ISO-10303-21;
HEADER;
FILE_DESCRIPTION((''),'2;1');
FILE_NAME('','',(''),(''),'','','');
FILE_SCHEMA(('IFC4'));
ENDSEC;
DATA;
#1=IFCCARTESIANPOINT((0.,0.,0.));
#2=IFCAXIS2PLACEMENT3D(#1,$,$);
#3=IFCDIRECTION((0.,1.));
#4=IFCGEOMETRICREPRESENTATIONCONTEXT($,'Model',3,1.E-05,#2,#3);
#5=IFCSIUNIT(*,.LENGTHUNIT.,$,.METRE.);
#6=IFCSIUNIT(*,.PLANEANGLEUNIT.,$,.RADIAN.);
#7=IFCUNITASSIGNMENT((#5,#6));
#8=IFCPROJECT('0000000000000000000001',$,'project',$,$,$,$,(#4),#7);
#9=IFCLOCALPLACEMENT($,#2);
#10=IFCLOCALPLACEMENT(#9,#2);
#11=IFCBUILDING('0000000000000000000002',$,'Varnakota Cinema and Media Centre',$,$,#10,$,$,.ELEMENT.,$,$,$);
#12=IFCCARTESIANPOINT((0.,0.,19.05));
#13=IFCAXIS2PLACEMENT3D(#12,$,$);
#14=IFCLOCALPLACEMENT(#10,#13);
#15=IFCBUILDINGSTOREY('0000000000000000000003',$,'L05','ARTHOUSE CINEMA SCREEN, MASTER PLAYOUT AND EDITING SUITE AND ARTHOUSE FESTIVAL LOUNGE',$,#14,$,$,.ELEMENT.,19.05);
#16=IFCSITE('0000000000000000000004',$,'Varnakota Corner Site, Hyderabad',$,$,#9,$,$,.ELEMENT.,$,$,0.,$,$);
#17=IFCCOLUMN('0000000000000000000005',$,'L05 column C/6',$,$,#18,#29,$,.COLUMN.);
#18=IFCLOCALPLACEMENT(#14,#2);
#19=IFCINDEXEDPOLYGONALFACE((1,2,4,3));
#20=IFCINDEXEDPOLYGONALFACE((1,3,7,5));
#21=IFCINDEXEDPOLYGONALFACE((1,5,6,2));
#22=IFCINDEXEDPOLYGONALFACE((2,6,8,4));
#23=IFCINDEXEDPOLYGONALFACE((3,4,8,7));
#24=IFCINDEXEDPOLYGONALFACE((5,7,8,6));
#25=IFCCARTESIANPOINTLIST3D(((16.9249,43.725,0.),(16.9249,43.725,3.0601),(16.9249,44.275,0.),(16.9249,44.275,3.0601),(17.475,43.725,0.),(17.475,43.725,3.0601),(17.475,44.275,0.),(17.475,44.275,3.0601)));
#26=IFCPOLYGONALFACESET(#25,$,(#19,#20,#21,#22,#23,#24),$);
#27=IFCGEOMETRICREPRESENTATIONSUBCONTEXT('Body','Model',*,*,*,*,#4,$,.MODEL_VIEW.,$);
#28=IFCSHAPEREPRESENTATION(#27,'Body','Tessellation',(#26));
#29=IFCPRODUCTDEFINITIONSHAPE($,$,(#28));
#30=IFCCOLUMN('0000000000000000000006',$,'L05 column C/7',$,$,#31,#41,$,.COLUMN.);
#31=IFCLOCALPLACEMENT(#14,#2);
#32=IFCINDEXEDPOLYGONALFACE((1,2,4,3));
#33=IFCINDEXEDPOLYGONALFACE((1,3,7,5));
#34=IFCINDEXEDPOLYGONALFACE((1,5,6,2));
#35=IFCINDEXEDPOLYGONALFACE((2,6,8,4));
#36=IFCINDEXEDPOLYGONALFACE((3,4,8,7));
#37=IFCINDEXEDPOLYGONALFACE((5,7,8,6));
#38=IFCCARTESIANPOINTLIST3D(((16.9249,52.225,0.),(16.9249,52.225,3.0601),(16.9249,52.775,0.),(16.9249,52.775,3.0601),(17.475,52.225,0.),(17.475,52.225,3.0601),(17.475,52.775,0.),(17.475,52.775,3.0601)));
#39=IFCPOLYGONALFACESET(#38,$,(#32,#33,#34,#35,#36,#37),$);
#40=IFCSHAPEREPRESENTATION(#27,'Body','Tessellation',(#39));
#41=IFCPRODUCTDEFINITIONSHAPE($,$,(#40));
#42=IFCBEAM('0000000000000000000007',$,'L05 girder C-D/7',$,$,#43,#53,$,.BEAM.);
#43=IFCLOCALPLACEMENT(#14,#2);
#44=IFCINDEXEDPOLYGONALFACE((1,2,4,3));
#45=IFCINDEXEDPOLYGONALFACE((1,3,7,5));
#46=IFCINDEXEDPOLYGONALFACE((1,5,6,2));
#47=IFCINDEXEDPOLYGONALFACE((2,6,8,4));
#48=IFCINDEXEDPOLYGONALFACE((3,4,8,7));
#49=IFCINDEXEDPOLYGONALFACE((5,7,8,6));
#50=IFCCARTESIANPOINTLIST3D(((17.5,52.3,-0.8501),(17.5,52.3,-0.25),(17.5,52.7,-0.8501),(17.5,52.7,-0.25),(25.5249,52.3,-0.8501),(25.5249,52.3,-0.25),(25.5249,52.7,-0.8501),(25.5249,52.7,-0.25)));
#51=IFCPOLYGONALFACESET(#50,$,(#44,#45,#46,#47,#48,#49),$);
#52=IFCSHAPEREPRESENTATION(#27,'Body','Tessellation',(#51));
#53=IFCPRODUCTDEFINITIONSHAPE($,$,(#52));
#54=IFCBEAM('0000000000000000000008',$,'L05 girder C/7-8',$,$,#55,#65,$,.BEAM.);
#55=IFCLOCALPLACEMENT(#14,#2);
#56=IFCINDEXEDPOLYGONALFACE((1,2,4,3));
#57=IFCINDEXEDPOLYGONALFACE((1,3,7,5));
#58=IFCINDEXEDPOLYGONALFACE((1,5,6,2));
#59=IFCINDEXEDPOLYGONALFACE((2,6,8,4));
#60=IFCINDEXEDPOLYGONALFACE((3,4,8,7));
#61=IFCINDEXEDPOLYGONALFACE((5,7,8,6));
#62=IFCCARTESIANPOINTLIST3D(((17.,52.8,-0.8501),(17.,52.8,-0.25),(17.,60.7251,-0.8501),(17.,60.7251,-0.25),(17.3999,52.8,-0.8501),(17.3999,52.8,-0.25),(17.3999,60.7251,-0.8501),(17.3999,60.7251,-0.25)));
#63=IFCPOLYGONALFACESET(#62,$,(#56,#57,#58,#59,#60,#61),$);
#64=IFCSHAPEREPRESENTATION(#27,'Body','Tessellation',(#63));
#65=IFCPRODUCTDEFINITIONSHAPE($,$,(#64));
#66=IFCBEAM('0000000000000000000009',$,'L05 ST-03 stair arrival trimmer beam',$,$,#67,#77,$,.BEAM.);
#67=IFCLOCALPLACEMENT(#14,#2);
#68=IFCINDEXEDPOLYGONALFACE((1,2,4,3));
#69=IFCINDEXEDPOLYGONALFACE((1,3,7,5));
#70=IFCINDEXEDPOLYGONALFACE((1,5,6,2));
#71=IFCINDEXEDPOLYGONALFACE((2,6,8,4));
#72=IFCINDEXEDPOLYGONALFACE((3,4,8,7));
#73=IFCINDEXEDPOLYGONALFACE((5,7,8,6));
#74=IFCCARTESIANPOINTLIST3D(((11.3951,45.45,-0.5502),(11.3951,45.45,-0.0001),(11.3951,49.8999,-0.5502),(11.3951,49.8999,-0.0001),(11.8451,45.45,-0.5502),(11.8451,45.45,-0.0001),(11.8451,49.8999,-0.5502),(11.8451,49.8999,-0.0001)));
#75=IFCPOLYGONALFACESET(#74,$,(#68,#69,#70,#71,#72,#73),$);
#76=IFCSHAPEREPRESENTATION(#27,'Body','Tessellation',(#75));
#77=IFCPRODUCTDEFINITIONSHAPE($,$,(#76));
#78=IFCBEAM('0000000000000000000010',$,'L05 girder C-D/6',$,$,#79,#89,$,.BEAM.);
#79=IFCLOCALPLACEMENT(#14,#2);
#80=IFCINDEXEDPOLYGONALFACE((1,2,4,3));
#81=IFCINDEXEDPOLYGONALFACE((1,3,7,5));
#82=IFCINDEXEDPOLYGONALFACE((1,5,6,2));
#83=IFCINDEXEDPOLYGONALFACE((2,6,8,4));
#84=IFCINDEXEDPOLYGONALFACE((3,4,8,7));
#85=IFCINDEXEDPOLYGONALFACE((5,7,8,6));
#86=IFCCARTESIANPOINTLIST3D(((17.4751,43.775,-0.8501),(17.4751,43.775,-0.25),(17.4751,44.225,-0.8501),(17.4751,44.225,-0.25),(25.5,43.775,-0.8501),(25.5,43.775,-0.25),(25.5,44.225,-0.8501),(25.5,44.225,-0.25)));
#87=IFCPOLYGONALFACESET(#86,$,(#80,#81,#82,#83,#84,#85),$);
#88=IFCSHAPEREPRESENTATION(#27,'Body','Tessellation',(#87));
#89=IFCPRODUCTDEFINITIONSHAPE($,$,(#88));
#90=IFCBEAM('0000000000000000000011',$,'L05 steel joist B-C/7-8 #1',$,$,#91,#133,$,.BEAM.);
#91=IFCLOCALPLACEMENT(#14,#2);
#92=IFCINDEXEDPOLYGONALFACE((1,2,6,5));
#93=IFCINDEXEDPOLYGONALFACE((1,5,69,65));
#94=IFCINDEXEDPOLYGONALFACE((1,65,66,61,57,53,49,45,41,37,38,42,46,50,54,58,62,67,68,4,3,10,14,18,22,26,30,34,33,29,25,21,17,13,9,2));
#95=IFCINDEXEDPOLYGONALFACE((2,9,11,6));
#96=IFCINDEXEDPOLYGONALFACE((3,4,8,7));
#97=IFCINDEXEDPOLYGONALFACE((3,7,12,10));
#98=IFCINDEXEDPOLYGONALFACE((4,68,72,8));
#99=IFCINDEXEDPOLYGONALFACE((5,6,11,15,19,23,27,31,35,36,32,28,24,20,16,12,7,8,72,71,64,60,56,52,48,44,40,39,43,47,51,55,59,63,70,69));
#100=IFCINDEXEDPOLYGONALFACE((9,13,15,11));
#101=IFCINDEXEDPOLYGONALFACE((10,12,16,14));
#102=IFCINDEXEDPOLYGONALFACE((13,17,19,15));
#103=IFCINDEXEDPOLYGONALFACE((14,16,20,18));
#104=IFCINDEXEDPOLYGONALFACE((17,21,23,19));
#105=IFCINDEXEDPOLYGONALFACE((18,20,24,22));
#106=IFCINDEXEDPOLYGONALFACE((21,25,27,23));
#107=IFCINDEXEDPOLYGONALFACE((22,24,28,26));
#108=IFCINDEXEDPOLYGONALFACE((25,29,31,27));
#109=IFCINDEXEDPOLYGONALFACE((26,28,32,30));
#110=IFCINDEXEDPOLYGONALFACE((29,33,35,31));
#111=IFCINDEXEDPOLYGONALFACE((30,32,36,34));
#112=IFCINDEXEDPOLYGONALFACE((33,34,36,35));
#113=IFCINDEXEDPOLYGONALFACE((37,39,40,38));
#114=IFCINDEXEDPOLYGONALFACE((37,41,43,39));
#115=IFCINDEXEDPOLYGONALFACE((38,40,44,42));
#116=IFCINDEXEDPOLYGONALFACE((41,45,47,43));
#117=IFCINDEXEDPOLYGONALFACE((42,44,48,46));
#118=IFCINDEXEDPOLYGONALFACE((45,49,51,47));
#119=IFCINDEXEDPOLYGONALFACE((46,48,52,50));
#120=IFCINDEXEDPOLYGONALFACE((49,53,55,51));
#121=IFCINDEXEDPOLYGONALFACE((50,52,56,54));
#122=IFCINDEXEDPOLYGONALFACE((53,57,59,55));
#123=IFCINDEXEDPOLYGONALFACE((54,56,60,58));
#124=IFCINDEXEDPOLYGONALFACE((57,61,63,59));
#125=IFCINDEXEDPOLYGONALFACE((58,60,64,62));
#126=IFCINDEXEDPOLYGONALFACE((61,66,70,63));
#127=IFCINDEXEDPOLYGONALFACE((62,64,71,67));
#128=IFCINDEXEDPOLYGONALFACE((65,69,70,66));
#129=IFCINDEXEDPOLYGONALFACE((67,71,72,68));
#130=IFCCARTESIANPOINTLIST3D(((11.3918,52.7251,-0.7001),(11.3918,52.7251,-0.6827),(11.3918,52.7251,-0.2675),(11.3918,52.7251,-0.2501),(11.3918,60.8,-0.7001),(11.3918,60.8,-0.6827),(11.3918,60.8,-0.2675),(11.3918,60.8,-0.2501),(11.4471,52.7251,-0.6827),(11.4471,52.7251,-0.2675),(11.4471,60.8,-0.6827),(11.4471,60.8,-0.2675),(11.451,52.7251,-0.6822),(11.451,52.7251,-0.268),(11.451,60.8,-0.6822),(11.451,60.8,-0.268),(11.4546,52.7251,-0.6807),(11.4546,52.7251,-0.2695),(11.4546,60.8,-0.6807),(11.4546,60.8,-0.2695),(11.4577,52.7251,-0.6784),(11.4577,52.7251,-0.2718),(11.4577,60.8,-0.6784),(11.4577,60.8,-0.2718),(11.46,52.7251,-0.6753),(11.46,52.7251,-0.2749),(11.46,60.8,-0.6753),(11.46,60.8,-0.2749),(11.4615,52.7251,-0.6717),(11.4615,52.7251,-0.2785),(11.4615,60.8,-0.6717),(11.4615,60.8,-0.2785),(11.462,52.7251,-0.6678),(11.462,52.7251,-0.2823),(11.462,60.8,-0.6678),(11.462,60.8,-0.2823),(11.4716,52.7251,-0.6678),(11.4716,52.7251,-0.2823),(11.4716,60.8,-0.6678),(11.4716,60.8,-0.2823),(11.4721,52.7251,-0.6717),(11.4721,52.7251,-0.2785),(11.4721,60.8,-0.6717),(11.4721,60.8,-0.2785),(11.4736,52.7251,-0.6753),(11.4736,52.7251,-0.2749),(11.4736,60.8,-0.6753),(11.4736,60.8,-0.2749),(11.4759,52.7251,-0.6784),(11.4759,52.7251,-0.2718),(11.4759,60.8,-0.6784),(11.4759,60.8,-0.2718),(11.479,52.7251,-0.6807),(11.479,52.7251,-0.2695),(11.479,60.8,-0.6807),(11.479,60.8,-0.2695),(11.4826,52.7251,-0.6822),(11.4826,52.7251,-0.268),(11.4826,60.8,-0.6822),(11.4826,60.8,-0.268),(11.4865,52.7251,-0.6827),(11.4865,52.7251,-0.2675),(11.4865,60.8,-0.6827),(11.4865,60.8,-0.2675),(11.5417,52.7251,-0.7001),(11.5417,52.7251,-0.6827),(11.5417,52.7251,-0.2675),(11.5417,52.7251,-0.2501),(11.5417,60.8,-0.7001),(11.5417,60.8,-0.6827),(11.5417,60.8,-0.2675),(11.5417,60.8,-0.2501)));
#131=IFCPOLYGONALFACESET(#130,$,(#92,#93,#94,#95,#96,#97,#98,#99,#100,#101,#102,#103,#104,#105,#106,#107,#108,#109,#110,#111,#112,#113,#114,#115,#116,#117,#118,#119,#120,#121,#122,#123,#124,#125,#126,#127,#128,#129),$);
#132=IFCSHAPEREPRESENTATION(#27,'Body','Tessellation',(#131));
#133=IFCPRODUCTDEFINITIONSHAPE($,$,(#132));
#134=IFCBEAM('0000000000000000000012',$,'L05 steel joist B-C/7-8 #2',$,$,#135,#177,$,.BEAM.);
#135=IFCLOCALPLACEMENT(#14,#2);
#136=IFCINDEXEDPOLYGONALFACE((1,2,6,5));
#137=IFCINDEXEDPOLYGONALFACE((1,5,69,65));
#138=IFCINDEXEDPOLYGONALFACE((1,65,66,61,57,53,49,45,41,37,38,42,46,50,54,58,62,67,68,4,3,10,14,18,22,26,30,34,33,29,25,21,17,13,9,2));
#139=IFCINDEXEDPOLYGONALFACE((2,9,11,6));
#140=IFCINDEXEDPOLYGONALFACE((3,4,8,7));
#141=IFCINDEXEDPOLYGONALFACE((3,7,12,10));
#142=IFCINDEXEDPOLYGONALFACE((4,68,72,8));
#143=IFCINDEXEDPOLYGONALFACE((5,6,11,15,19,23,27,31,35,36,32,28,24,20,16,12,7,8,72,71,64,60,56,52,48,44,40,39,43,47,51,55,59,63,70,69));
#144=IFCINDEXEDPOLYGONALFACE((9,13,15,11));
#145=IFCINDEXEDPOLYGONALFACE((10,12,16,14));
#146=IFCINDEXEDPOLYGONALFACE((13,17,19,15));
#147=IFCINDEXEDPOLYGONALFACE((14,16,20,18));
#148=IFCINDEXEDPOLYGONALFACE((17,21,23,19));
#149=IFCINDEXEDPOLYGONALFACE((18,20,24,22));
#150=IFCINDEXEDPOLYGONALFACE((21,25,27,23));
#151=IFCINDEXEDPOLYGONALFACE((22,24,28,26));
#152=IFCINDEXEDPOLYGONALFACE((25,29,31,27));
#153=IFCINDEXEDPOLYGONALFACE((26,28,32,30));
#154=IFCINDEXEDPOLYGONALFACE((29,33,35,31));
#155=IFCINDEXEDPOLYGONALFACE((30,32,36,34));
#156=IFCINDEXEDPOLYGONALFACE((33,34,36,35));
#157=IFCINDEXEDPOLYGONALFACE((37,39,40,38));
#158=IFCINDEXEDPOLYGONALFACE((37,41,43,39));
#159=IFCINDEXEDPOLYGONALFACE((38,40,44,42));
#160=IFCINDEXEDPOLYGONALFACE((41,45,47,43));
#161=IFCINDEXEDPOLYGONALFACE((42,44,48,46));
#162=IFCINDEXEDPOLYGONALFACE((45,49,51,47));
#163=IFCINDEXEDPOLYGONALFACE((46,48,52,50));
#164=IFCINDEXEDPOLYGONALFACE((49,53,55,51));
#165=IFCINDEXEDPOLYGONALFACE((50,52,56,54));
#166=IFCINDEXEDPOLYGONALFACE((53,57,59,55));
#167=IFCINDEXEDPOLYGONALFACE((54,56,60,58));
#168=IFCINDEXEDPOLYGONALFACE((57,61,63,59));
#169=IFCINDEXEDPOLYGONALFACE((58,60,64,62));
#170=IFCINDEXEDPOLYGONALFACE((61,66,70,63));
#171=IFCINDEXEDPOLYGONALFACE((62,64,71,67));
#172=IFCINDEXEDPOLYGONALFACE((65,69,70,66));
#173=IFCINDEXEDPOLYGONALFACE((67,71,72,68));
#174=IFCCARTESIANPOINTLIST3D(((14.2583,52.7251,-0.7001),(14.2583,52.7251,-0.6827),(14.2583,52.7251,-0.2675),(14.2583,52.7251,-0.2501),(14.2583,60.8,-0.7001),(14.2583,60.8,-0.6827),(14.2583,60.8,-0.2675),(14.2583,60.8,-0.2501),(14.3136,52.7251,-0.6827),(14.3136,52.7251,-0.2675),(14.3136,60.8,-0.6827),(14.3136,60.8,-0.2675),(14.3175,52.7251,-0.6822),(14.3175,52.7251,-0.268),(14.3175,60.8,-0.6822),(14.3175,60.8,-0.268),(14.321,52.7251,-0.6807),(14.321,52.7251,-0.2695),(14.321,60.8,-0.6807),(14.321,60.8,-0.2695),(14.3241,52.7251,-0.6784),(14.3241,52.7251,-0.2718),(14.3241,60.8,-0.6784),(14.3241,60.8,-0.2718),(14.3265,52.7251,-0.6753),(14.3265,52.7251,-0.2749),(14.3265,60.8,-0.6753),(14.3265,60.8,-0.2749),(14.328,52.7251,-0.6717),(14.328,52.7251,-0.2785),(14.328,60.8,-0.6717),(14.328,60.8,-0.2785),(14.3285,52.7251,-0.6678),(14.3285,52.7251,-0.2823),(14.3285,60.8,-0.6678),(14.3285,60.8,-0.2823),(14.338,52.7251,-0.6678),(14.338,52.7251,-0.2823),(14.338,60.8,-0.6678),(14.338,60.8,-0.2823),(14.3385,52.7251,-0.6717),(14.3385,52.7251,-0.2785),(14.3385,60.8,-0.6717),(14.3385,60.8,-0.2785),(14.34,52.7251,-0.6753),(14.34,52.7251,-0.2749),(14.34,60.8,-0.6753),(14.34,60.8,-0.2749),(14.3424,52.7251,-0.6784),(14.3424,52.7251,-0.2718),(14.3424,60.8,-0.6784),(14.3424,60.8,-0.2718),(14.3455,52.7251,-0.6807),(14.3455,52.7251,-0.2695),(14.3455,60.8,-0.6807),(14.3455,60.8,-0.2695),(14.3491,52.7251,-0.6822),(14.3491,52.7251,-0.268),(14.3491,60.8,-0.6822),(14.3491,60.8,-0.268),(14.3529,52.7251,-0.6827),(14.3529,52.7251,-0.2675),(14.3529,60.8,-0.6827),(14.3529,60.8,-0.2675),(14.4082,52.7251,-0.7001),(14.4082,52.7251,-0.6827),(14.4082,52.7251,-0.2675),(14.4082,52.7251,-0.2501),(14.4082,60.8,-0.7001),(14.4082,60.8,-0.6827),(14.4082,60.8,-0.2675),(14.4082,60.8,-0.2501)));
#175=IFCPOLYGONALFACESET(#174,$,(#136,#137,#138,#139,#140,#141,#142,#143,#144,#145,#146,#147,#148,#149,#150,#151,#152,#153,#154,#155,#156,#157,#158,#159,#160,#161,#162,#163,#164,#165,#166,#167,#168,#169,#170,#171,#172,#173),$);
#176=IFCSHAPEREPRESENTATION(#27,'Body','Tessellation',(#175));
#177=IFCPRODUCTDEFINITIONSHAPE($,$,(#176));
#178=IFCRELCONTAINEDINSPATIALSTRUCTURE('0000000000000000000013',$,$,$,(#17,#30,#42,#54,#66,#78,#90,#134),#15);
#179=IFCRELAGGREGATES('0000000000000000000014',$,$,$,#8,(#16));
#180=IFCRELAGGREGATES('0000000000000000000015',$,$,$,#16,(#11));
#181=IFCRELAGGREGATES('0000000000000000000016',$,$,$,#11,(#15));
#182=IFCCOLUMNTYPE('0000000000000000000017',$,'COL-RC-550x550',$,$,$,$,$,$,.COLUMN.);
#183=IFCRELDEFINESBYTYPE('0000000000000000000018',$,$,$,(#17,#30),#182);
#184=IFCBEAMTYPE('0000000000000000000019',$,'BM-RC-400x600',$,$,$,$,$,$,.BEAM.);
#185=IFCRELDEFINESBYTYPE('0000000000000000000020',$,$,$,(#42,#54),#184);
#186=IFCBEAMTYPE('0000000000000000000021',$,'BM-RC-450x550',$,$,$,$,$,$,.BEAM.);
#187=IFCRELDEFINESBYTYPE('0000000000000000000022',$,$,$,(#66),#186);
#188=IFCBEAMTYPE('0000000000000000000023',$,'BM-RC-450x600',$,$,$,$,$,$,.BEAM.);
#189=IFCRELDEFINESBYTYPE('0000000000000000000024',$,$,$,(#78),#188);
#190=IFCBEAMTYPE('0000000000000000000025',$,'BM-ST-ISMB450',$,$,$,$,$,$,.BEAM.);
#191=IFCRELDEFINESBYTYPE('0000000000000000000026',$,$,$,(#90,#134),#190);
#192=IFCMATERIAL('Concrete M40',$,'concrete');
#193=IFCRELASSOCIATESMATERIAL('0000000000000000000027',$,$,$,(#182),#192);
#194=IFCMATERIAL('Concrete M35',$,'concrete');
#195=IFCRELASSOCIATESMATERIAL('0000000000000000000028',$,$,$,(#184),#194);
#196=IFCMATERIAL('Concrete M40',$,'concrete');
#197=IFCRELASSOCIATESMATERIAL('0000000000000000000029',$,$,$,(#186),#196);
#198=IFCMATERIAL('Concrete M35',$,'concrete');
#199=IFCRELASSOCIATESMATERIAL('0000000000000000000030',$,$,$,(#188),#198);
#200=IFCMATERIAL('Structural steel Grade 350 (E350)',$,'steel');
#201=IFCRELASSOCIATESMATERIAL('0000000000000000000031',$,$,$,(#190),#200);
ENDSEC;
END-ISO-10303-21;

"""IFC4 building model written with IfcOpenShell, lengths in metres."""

from ifc_helpers import new_model, si_unit, direction, frame, origin, origin_2d, place, context, subcontext, project, spatial, rectangle, i_section, extrude, material, material_profile, profile_set, type_object, element, save


model = new_model("IFC4")

# Units and contexts
model_context = context("Model", 3, precision=1e-05, world=origin(), true_north=direction((0.0, 1.0)))
body_context = subcontext(model_context, "Body", "Model", "MODEL_VIEW")
ifc_project = project(units=[si_unit("LENGTHUNIT", "METRE"), si_unit("PLANEANGLEUNIT", "RADIAN")], contexts=[model_context])

# Site, building, storey
site_placement = place(None, origin())
site = spatial("IfcSite", under=ifc_project, at=site_placement, Name="Varnakota Corner Site, Hyderabad", CompositionType="ELEMENT", RefElevation=0.0)
building_placement = place(site_placement, origin())
building = spatial("IfcBuilding", under=site, at=building_placement, Name="Varnakota Cinema and Media Centre", CompositionType="ELEMENT")
storey_placement = place(building_placement, frame((0.0, 0.0, 19.05)))
storey = spatial("IfcBuildingStorey", under=building, at=storey_placement, Name="L05", Description="ARTHOUSE CINEMA SCREEN, MASTER PLAYOUT AND EDITING SUITE AND ARTHOUSE FESTIVAL LOUNGE", CompositionType="ELEMENT", Elevation=19.05)

# Columns
ifc_material_1 = material(Name="Concrete M40", Category="concrete")
ifc_material_profile_1 = material_profile(ifc_material_1, rectangle(XDim=0.55, YDim=0.55, at=origin_2d()), Name="RC 550x550")
ifc_profile_set_1 = profile_set([ifc_material_profile_1], Name="Concrete M40")
column_type = type_object("IfcColumnType", Name="COL-RC-550x550", PredefinedType="COLUMN", material=ifc_profile_set_1)
for number, where, z_axis, x_axis, name in (
    (1, (17.2, 44.0, 0.0), (0.0, 0.0, 1.0), (1.0, 0.0, 0.0), "L05 column C/6"),
    (2, (17.2, 52.5, 0.0), (0.0, 0.0, 1.0), (1.0, 0.0, 0.0), "L05 column C/7"),
):
    element("IfcColumn", number, at=place(storey_placement, frame(where, z_axis=z_axis, x_axis=x_axis)), inside=storey, type_object=column_type, Name=name, PredefinedType="COLUMN", context=body_context, shape_type="SweptSolid", body=[
        extrude(rectangle(XDim=0.55, YDim=0.55, at=origin_2d()), origin(), (0.0, 0.0, 1.0), 3.0601),
    ])

# Beams
ifc_material_2 = material(Name="Concrete M35", Category="concrete")
ifc_material_profile_2 = material_profile(ifc_material_2, rectangle(XDim=0.3999, YDim=0.6001, at=origin_2d()), Name="RCB 400x600")
ifc_profile_set_2 = profile_set([ifc_material_profile_2], Name="Concrete M35")
beam_type_1 = type_object("IfcBeamType", Name="BM-RC-400x600", PredefinedType="BEAM", material=ifc_profile_set_2)
beam_1_placement = place(storey_placement, frame((17.5, 52.5, -0.55), z_axis=(1.0, 0.0, 0.0), x_axis=(0.0, 1.0, 0.0)))
element("IfcBeam", 3, at=beam_1_placement, inside=storey, type_object=beam_type_1, Name="L05 girder C-D/7", PredefinedType="BEAM", context=body_context, shape_type="SweptSolid", body=[
    extrude(rectangle(XDim=0.3999, YDim=0.6001, at=origin_2d()), origin(), (0.0, 0.0, 1.0), 8.0249),
])
beam_2_placement = place(storey_placement, frame((17.2, 52.8, -0.55), z_axis=(0.0, 1.0, 0.0), x_axis=(-1.0, 0.0, 0.0)))
element("IfcBeam", 4, at=beam_2_placement, inside=storey, type_object=beam_type_1, Name="L05 girder C/7-8", PredefinedType="BEAM", context=body_context, shape_type="SweptSolid", body=[
    extrude(rectangle(XDim=0.3999, YDim=0.6001, at=origin_2d()), origin(), (0.0, 0.0, 1.0), 7.925),
])
ifc_material_3 = material(Name="Concrete M40", Category="concrete")
ifc_material_profile_3 = material_profile(ifc_material_3, rectangle(XDim=0.45, YDim=0.55, at=origin_2d()), Name="RCB 450x550")
ifc_profile_set_3 = profile_set([ifc_material_profile_3], Name="Concrete M40")
beam_type_2 = type_object("IfcBeamType", Name="BM-RC-450x550", PredefinedType="BEAM", material=ifc_profile_set_3)
beam_3_placement = place(storey_placement, frame((11.6201, 45.45, -0.2751), z_axis=(0.0, 1.0, 0.0), x_axis=(-1.0, 0.0, 0.0)))
element("IfcBeam", 5, at=beam_3_placement, inside=storey, type_object=beam_type_2, Name="L05 ST-03 stair arrival trimmer beam", PredefinedType="BEAM", context=body_context, shape_type="SweptSolid", body=[
    extrude(rectangle(XDim=0.45, YDim=0.55, at=origin_2d()), origin(), (0.0, 0.0, 1.0), 4.45),
])
ifc_material_4 = material(Name="Concrete M35", Category="concrete")
ifc_material_profile_4 = material_profile(ifc_material_4, rectangle(XDim=0.45, YDim=0.6001, at=origin_2d()), Name="RCB 450x600")
ifc_profile_set_4 = profile_set([ifc_material_profile_4], Name="Concrete M35")
beam_type_3 = type_object("IfcBeamType", Name="BM-RC-450x600", PredefinedType="BEAM", material=ifc_profile_set_4)
beam_4_placement = place(storey_placement, frame((17.4751, 44.0, -0.55), z_axis=(1.0, 0.0, 0.0), x_axis=(0.0, 1.0, 0.0)))
element("IfcBeam", 6, at=beam_4_placement, inside=storey, type_object=beam_type_3, Name="L05 girder C-D/6", PredefinedType="BEAM", context=body_context, shape_type="SweptSolid", body=[
    extrude(rectangle(XDim=0.45, YDim=0.6001, at=origin_2d()), origin(), (0.0, 0.0, 1.0), 8.0249),
])
ifc_material_5 = material(Name="Structural steel Grade 350 (E350)", Category="steel")
ifc_material_profile_5 = material_profile(ifc_material_5, i_section(OverallWidth=0.1499, OverallDepth=0.45, WebThickness=0.0095, FlangeThickness=0.0173, FilletRadius=0.0149, at=origin_2d()), Name="ISMB 450")
ifc_profile_set_5 = profile_set([ifc_material_profile_5], Name="Structural steel Grade 350 (E350)")
beam_type_4 = type_object("IfcBeamType", Name="BM-ST-ISMB450", PredefinedType="BEAM", material=ifc_profile_set_5)
for number, where, z_axis, x_axis, name in (
    (7, (11.4668, 52.7251, -0.4751), (0.0, 1.0, 0.0), (-1.0, 0.0, 0.0), "L05 steel joist B-C/7-8 #1"),
    (8, (14.3333, 52.7251, -0.4751), (0.0, 1.0, 0.0), (-1.0, 0.0, 0.0), "L05 steel joist B-C/7-8 #2"),
):
    element("IfcBeam", number, at=place(storey_placement, frame(where, z_axis=z_axis, x_axis=x_axis)), inside=storey, type_object=beam_type_4, Name=name, PredefinedType="BEAM", context=body_context, shape_type="SweptSolid", body=[
        extrude(i_section(OverallWidth=0.1499, OverallDepth=0.45, WebThickness=0.0095, FlangeThickness=0.0173, FilletRadius=0.0149, at=origin_2d()), origin(), (0.0, 0.0, 1.0), 8.075),
    ])

save(model, "model.ifc")
